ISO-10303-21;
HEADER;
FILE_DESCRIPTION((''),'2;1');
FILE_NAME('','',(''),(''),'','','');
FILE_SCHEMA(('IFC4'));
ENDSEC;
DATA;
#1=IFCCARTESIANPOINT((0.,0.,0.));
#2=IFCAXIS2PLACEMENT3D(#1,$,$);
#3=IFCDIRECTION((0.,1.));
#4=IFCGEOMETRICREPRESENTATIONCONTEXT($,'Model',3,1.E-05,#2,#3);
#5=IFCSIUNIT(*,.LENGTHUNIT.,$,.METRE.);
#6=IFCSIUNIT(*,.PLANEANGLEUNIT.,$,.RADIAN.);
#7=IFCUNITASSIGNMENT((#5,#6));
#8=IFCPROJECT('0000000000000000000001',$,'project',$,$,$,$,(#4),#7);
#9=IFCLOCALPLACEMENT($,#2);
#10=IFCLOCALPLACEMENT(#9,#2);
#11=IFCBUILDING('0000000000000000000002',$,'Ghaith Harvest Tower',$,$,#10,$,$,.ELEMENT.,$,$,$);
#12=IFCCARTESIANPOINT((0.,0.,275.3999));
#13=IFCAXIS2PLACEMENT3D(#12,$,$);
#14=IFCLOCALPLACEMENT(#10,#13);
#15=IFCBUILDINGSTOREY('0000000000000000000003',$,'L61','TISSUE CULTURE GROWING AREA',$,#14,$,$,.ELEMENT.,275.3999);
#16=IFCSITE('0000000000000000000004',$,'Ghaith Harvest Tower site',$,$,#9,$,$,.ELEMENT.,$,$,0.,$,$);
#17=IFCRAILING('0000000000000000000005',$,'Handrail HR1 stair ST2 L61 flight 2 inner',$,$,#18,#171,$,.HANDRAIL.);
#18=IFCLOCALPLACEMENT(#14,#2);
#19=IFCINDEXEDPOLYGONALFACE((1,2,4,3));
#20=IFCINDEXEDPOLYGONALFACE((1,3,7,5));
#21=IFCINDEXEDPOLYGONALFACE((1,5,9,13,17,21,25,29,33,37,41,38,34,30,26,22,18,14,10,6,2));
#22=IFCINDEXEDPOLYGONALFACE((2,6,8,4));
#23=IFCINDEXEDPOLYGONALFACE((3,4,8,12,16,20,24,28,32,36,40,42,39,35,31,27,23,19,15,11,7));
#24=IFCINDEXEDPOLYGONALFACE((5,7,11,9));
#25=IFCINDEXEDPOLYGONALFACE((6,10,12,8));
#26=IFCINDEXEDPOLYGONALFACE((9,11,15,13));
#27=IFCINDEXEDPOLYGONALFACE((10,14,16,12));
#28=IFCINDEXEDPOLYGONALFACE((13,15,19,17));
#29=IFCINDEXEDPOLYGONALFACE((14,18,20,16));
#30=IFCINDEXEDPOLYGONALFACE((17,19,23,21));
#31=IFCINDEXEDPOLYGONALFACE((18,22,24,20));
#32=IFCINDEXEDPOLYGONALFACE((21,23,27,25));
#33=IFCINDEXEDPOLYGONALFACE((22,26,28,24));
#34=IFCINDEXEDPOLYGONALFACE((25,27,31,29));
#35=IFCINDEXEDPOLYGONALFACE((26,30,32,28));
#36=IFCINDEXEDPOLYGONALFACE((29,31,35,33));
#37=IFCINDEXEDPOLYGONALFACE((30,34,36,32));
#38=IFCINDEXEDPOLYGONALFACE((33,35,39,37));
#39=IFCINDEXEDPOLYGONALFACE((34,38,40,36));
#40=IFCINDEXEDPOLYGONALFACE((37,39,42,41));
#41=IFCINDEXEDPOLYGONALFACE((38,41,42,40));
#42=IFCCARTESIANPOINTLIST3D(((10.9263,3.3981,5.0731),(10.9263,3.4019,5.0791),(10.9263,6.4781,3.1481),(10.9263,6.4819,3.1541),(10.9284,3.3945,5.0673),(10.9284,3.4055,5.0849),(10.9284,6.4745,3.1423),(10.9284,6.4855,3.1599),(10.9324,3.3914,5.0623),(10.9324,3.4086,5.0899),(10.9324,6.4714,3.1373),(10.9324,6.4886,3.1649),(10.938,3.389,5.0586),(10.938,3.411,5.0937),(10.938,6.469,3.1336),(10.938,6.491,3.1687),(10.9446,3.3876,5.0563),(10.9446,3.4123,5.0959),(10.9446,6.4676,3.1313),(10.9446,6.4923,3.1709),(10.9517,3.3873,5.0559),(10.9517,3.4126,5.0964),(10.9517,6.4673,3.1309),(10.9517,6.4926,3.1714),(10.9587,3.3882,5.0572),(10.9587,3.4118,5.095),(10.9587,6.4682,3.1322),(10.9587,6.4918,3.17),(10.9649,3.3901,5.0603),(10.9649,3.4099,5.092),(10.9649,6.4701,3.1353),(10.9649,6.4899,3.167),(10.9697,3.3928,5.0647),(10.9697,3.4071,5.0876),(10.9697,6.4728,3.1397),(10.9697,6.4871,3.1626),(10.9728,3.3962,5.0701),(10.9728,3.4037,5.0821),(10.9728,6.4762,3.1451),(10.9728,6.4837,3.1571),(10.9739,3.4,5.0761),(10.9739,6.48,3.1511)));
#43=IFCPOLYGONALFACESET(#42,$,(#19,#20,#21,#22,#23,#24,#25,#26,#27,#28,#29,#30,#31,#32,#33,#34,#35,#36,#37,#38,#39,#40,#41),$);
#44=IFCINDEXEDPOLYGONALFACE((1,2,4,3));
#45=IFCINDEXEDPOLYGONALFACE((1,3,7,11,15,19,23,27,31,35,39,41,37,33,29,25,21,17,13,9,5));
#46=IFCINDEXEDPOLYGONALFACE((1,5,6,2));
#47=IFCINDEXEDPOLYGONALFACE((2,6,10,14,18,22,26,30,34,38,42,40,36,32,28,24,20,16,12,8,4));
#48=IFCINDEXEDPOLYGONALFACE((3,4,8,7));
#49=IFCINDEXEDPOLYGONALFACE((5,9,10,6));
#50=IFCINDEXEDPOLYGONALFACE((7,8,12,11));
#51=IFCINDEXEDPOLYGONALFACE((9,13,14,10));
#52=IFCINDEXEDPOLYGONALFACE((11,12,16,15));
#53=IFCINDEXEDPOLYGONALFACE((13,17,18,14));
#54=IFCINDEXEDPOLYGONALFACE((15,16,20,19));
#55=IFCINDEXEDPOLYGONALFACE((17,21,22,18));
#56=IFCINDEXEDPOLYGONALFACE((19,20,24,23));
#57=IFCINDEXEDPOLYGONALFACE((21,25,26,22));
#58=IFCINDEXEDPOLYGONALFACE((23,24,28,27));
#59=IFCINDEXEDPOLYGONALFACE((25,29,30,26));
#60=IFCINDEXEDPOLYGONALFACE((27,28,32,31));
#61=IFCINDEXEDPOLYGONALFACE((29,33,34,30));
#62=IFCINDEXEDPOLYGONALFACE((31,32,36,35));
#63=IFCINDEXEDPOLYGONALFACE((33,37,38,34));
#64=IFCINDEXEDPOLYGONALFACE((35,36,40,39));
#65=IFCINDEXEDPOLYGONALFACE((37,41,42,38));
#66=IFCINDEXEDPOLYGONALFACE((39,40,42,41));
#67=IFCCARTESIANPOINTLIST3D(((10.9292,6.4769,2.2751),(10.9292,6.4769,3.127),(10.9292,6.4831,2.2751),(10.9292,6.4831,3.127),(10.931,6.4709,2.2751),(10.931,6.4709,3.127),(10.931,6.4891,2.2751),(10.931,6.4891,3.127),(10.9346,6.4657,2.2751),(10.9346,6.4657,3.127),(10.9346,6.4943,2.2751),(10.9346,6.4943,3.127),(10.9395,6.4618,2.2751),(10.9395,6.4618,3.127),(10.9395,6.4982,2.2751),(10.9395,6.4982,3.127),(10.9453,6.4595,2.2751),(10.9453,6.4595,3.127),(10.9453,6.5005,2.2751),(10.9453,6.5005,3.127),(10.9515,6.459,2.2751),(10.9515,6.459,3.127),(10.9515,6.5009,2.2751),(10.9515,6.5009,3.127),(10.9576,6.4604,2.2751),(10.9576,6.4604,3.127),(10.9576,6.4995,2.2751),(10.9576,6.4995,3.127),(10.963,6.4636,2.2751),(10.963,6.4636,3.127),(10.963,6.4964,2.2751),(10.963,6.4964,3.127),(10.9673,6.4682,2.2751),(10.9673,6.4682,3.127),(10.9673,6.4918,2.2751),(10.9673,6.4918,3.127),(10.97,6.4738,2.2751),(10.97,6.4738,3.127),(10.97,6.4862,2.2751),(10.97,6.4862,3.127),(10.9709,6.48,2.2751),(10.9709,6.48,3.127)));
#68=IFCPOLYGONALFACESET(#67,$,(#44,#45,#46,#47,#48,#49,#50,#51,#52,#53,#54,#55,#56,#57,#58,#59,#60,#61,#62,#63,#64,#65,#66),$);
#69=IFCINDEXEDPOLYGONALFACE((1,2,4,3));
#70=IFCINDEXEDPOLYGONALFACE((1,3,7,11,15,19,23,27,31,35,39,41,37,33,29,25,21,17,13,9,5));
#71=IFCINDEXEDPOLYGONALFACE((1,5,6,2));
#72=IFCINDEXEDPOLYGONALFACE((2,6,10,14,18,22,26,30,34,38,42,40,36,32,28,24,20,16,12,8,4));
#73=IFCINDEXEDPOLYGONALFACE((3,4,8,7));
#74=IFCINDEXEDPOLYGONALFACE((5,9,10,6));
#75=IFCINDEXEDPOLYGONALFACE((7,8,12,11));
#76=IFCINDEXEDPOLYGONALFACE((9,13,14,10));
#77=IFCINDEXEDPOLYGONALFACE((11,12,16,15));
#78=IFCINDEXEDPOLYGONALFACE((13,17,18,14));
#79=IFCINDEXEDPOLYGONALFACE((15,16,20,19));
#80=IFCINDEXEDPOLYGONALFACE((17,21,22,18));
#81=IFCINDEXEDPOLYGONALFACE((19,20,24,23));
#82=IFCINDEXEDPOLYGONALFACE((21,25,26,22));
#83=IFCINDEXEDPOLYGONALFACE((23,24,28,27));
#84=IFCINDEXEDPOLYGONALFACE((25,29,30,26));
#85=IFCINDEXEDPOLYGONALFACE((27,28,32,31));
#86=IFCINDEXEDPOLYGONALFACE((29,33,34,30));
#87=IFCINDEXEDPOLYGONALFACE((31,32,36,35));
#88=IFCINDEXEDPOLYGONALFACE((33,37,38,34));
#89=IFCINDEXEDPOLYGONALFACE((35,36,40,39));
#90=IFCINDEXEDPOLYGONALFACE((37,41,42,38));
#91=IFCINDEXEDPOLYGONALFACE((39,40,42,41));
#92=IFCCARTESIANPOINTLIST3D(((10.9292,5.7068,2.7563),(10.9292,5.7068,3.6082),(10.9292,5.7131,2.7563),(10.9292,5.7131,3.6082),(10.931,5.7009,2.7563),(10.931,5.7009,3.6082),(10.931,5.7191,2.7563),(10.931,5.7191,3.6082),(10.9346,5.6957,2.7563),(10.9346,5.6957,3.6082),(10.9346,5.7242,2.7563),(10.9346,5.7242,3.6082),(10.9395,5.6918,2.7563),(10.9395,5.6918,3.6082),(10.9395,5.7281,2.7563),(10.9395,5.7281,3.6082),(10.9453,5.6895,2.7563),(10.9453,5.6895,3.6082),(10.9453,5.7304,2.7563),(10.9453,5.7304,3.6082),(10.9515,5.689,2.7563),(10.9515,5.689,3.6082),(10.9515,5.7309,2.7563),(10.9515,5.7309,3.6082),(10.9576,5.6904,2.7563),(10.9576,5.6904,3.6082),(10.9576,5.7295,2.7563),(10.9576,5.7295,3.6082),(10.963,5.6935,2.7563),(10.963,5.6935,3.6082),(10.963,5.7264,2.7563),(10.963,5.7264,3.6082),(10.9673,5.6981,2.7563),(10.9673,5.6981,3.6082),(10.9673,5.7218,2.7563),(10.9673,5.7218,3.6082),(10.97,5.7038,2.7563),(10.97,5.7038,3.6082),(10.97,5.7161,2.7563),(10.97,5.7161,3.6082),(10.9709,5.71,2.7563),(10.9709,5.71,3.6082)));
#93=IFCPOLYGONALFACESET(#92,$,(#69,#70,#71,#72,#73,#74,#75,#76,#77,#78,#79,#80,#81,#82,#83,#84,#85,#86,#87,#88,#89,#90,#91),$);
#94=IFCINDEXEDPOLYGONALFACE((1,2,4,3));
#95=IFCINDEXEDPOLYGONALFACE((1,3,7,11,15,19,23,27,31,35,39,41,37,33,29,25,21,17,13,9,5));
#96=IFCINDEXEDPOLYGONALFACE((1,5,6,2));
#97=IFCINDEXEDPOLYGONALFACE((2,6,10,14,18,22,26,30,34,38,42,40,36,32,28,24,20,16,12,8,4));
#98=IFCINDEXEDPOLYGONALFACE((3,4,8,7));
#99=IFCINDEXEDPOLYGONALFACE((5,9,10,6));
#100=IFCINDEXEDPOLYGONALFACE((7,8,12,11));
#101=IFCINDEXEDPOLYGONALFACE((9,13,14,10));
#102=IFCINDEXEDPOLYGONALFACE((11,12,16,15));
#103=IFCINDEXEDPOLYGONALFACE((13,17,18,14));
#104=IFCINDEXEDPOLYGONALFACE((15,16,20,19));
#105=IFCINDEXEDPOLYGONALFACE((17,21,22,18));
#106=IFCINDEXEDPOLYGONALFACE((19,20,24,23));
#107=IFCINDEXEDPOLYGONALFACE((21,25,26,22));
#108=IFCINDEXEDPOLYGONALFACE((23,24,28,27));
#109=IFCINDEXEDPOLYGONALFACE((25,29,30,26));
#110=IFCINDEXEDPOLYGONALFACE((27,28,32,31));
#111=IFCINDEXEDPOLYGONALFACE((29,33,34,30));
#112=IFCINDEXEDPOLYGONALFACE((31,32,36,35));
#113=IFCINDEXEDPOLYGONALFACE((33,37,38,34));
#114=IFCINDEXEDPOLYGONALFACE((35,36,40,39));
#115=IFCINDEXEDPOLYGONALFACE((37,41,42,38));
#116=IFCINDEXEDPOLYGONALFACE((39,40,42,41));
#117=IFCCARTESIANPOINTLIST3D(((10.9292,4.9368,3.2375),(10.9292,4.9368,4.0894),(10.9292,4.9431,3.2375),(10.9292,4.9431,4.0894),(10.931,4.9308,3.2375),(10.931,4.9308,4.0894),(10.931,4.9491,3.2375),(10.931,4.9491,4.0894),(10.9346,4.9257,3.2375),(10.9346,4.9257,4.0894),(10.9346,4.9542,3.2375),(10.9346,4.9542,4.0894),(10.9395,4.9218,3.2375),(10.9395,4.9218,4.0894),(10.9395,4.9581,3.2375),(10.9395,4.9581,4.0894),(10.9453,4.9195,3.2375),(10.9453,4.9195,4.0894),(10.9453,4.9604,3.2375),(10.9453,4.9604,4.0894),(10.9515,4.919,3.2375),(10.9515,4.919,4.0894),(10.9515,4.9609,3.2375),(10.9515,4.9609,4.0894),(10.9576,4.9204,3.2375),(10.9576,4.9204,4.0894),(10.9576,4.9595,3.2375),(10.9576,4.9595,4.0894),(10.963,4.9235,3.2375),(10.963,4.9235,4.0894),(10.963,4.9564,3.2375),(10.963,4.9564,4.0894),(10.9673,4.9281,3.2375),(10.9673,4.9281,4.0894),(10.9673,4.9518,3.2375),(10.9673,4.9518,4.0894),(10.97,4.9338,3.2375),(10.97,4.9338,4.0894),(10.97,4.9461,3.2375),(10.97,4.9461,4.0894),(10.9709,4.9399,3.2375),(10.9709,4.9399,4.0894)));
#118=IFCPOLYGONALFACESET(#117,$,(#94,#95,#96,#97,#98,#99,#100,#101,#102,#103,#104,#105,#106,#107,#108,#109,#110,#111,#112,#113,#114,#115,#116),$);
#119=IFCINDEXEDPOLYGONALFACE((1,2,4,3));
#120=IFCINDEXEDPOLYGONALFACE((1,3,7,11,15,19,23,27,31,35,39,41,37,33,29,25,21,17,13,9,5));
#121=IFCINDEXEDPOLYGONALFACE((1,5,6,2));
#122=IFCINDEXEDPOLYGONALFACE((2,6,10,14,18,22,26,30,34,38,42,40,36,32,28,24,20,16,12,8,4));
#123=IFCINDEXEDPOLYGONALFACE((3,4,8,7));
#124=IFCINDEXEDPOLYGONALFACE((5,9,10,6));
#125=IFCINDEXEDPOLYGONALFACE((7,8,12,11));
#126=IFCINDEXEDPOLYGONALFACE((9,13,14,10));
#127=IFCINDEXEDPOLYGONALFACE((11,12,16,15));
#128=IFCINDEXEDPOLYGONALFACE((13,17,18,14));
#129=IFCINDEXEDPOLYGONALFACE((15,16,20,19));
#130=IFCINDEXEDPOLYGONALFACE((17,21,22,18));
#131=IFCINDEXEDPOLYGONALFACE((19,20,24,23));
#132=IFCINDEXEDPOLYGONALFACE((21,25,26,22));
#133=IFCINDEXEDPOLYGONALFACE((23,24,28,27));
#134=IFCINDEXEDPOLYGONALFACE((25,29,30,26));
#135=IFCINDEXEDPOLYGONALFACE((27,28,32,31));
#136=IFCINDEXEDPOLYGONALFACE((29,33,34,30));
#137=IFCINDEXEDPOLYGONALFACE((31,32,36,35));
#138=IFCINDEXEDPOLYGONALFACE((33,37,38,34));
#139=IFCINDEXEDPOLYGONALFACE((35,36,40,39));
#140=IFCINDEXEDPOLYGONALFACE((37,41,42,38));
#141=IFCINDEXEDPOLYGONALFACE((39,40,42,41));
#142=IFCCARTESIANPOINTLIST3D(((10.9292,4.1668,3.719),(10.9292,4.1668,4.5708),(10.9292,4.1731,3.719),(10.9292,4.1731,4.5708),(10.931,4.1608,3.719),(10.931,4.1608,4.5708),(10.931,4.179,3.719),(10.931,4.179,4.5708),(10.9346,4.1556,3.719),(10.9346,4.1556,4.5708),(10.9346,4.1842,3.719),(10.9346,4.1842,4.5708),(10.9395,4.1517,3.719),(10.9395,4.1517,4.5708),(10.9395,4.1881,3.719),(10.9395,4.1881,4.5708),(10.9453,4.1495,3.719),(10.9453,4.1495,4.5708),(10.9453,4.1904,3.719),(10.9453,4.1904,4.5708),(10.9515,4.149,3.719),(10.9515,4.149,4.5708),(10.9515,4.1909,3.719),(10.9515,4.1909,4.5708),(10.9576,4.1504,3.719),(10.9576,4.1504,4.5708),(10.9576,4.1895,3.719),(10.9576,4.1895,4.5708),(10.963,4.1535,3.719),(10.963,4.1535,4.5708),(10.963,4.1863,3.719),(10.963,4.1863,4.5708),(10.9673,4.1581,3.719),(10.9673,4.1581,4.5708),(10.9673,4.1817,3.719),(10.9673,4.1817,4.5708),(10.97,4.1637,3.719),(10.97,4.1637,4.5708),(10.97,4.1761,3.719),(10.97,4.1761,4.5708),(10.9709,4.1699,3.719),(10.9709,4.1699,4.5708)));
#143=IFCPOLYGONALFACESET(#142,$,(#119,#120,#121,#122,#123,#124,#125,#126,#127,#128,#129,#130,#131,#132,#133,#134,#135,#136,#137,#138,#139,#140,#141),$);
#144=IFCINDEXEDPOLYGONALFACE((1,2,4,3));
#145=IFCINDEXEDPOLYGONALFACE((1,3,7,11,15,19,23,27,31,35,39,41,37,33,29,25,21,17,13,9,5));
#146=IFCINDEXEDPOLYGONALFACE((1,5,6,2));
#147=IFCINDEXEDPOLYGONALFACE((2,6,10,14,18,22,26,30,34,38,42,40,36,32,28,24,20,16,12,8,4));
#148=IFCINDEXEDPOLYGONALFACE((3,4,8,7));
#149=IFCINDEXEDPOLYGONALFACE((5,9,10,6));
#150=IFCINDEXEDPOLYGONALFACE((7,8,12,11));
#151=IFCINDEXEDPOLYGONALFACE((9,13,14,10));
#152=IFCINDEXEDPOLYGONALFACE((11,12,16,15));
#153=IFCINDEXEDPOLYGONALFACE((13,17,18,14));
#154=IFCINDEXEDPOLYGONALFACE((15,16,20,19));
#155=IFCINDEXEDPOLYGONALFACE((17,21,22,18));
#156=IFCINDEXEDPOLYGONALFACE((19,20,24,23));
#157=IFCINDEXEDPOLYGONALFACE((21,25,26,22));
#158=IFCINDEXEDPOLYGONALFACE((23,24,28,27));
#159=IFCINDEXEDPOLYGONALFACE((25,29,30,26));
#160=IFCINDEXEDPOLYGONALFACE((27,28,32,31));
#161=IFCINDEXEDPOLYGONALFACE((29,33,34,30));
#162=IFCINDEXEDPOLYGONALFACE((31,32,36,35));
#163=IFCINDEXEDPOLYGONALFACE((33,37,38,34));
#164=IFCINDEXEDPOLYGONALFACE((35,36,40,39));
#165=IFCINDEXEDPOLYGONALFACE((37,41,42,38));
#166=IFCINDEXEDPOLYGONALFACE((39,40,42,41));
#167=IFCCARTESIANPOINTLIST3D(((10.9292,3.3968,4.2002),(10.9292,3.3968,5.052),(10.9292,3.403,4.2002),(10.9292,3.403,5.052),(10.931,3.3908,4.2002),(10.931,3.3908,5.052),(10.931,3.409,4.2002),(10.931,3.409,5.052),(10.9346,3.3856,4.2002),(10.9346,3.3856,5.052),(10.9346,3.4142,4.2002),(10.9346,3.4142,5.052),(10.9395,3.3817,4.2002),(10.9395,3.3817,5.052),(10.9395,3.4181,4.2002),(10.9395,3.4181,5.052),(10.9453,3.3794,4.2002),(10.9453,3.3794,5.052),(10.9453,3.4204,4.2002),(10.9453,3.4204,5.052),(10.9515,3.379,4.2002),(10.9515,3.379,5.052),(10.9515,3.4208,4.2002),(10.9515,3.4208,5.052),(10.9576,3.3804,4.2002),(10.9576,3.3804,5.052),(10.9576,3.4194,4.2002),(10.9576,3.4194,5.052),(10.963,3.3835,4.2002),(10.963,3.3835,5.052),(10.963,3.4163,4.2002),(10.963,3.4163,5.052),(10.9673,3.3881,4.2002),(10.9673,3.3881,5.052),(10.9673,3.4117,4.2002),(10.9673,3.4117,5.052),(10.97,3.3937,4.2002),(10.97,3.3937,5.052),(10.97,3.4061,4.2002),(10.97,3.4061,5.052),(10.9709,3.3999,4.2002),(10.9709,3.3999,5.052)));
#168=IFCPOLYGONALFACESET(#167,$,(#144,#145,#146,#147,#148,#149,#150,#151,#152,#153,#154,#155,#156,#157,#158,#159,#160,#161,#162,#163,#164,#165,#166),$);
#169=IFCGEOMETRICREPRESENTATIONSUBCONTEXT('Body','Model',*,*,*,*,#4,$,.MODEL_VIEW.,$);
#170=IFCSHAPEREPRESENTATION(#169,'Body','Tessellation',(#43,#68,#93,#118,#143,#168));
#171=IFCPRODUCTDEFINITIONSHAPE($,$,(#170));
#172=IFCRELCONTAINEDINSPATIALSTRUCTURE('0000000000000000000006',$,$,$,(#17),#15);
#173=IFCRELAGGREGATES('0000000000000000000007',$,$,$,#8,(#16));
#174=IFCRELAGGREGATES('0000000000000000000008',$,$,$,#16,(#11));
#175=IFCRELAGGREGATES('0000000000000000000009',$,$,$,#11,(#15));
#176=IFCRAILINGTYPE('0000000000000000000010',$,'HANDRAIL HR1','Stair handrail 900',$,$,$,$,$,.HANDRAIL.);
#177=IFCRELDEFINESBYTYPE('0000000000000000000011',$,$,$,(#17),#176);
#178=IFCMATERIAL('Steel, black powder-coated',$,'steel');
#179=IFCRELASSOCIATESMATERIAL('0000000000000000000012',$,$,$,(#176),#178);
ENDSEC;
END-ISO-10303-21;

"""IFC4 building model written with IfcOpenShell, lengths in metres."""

from ifc_helpers import new_model, si_unit, direction, frame, origin, origin_2d, place, context, subcontext, project, spatial, circle, extrude, material, type_object, element, save


model = new_model("IFC4")

# Units and contexts
model_context = context("Model", 3, precision=1e-05, world=origin(), true_north=direction((0.0, 1.0)))
body_context = subcontext(model_context, "Body", "Model", "MODEL_VIEW")
ifc_project = project(units=[si_unit("LENGTHUNIT", "METRE"), si_unit("PLANEANGLEUNIT", "RADIAN")], contexts=[model_context])

# Site, building, storey
site_placement = place(None, origin())
site = spatial("IfcSite", under=ifc_project, at=site_placement, Name="Ghaith Harvest Tower site", CompositionType="ELEMENT", RefElevation=0.0)
building_placement = place(site_placement, origin())
building = spatial("IfcBuilding", under=site, at=building_placement, Name="Ghaith Harvest Tower", CompositionType="ELEMENT")
storey_placement = place(building_placement, frame((0.0, 0.0, 275.3999)))
storey = spatial("IfcBuildingStorey", under=building, at=storey_placement, Name="L61", Description="TISSUE CULTURE GROWING AREA", CompositionType="ELEMENT", Elevation=275.3999)

# Railing
ifc_material_1 = material(Name="Steel, black powder-coated", Category="steel")
railing_type = type_object("IfcRailingType", Name="HANDRAIL HR1", Description="Stair handrail 900", PredefinedType="HANDRAIL", material=ifc_material_1)
railing_1_placement = place(storey_placement, frame((10.95, 6.48, 2.2751)))
element("IfcRailing", 1, at=railing_1_placement, inside=storey, type_object=railing_type, Name="Handrail HR1 stair ST2 L61 flight 2 inner", PredefinedType="HANDRAIL", context=body_context, shape_type="SweptSolid", body=[
    extrude(circle(Radius=0.0239, at=origin_2d()), frame((0.0, 0.0, 0.876), z_axis=(0.0, -0.847998, 0.529999), x_axis=(1.0, 0.0, 0.0)), (0.0, 0.0, 1.0), 3.6321),
    extrude(circle(Radius=0.021, at=origin_2d()), origin(), (0.0, 0.0, 1.0), 0.8518),
    extrude(circle(Radius=0.021, at=origin_2d()), frame((0.0, -0.77, 0.4812)), (0.0, 0.0, 1.0), 0.8518),
    extrude(circle(Radius=0.021, at=origin_2d()), frame((0.0, -1.54, 0.9624)), (0.0, 0.0, 1.0), 0.8518),
    extrude(circle(Radius=0.021, at=origin_2d()), frame((0.0, -2.3101, 1.4438)), (0.0, 0.0, 1.0), 0.8518),
    extrude(circle(Radius=0.021, at=origin_2d()), frame((0.0, -3.0801, 1.925)), (0.0, 0.0, 1.0), 0.8518),
])

save(model, "model.ifc")
